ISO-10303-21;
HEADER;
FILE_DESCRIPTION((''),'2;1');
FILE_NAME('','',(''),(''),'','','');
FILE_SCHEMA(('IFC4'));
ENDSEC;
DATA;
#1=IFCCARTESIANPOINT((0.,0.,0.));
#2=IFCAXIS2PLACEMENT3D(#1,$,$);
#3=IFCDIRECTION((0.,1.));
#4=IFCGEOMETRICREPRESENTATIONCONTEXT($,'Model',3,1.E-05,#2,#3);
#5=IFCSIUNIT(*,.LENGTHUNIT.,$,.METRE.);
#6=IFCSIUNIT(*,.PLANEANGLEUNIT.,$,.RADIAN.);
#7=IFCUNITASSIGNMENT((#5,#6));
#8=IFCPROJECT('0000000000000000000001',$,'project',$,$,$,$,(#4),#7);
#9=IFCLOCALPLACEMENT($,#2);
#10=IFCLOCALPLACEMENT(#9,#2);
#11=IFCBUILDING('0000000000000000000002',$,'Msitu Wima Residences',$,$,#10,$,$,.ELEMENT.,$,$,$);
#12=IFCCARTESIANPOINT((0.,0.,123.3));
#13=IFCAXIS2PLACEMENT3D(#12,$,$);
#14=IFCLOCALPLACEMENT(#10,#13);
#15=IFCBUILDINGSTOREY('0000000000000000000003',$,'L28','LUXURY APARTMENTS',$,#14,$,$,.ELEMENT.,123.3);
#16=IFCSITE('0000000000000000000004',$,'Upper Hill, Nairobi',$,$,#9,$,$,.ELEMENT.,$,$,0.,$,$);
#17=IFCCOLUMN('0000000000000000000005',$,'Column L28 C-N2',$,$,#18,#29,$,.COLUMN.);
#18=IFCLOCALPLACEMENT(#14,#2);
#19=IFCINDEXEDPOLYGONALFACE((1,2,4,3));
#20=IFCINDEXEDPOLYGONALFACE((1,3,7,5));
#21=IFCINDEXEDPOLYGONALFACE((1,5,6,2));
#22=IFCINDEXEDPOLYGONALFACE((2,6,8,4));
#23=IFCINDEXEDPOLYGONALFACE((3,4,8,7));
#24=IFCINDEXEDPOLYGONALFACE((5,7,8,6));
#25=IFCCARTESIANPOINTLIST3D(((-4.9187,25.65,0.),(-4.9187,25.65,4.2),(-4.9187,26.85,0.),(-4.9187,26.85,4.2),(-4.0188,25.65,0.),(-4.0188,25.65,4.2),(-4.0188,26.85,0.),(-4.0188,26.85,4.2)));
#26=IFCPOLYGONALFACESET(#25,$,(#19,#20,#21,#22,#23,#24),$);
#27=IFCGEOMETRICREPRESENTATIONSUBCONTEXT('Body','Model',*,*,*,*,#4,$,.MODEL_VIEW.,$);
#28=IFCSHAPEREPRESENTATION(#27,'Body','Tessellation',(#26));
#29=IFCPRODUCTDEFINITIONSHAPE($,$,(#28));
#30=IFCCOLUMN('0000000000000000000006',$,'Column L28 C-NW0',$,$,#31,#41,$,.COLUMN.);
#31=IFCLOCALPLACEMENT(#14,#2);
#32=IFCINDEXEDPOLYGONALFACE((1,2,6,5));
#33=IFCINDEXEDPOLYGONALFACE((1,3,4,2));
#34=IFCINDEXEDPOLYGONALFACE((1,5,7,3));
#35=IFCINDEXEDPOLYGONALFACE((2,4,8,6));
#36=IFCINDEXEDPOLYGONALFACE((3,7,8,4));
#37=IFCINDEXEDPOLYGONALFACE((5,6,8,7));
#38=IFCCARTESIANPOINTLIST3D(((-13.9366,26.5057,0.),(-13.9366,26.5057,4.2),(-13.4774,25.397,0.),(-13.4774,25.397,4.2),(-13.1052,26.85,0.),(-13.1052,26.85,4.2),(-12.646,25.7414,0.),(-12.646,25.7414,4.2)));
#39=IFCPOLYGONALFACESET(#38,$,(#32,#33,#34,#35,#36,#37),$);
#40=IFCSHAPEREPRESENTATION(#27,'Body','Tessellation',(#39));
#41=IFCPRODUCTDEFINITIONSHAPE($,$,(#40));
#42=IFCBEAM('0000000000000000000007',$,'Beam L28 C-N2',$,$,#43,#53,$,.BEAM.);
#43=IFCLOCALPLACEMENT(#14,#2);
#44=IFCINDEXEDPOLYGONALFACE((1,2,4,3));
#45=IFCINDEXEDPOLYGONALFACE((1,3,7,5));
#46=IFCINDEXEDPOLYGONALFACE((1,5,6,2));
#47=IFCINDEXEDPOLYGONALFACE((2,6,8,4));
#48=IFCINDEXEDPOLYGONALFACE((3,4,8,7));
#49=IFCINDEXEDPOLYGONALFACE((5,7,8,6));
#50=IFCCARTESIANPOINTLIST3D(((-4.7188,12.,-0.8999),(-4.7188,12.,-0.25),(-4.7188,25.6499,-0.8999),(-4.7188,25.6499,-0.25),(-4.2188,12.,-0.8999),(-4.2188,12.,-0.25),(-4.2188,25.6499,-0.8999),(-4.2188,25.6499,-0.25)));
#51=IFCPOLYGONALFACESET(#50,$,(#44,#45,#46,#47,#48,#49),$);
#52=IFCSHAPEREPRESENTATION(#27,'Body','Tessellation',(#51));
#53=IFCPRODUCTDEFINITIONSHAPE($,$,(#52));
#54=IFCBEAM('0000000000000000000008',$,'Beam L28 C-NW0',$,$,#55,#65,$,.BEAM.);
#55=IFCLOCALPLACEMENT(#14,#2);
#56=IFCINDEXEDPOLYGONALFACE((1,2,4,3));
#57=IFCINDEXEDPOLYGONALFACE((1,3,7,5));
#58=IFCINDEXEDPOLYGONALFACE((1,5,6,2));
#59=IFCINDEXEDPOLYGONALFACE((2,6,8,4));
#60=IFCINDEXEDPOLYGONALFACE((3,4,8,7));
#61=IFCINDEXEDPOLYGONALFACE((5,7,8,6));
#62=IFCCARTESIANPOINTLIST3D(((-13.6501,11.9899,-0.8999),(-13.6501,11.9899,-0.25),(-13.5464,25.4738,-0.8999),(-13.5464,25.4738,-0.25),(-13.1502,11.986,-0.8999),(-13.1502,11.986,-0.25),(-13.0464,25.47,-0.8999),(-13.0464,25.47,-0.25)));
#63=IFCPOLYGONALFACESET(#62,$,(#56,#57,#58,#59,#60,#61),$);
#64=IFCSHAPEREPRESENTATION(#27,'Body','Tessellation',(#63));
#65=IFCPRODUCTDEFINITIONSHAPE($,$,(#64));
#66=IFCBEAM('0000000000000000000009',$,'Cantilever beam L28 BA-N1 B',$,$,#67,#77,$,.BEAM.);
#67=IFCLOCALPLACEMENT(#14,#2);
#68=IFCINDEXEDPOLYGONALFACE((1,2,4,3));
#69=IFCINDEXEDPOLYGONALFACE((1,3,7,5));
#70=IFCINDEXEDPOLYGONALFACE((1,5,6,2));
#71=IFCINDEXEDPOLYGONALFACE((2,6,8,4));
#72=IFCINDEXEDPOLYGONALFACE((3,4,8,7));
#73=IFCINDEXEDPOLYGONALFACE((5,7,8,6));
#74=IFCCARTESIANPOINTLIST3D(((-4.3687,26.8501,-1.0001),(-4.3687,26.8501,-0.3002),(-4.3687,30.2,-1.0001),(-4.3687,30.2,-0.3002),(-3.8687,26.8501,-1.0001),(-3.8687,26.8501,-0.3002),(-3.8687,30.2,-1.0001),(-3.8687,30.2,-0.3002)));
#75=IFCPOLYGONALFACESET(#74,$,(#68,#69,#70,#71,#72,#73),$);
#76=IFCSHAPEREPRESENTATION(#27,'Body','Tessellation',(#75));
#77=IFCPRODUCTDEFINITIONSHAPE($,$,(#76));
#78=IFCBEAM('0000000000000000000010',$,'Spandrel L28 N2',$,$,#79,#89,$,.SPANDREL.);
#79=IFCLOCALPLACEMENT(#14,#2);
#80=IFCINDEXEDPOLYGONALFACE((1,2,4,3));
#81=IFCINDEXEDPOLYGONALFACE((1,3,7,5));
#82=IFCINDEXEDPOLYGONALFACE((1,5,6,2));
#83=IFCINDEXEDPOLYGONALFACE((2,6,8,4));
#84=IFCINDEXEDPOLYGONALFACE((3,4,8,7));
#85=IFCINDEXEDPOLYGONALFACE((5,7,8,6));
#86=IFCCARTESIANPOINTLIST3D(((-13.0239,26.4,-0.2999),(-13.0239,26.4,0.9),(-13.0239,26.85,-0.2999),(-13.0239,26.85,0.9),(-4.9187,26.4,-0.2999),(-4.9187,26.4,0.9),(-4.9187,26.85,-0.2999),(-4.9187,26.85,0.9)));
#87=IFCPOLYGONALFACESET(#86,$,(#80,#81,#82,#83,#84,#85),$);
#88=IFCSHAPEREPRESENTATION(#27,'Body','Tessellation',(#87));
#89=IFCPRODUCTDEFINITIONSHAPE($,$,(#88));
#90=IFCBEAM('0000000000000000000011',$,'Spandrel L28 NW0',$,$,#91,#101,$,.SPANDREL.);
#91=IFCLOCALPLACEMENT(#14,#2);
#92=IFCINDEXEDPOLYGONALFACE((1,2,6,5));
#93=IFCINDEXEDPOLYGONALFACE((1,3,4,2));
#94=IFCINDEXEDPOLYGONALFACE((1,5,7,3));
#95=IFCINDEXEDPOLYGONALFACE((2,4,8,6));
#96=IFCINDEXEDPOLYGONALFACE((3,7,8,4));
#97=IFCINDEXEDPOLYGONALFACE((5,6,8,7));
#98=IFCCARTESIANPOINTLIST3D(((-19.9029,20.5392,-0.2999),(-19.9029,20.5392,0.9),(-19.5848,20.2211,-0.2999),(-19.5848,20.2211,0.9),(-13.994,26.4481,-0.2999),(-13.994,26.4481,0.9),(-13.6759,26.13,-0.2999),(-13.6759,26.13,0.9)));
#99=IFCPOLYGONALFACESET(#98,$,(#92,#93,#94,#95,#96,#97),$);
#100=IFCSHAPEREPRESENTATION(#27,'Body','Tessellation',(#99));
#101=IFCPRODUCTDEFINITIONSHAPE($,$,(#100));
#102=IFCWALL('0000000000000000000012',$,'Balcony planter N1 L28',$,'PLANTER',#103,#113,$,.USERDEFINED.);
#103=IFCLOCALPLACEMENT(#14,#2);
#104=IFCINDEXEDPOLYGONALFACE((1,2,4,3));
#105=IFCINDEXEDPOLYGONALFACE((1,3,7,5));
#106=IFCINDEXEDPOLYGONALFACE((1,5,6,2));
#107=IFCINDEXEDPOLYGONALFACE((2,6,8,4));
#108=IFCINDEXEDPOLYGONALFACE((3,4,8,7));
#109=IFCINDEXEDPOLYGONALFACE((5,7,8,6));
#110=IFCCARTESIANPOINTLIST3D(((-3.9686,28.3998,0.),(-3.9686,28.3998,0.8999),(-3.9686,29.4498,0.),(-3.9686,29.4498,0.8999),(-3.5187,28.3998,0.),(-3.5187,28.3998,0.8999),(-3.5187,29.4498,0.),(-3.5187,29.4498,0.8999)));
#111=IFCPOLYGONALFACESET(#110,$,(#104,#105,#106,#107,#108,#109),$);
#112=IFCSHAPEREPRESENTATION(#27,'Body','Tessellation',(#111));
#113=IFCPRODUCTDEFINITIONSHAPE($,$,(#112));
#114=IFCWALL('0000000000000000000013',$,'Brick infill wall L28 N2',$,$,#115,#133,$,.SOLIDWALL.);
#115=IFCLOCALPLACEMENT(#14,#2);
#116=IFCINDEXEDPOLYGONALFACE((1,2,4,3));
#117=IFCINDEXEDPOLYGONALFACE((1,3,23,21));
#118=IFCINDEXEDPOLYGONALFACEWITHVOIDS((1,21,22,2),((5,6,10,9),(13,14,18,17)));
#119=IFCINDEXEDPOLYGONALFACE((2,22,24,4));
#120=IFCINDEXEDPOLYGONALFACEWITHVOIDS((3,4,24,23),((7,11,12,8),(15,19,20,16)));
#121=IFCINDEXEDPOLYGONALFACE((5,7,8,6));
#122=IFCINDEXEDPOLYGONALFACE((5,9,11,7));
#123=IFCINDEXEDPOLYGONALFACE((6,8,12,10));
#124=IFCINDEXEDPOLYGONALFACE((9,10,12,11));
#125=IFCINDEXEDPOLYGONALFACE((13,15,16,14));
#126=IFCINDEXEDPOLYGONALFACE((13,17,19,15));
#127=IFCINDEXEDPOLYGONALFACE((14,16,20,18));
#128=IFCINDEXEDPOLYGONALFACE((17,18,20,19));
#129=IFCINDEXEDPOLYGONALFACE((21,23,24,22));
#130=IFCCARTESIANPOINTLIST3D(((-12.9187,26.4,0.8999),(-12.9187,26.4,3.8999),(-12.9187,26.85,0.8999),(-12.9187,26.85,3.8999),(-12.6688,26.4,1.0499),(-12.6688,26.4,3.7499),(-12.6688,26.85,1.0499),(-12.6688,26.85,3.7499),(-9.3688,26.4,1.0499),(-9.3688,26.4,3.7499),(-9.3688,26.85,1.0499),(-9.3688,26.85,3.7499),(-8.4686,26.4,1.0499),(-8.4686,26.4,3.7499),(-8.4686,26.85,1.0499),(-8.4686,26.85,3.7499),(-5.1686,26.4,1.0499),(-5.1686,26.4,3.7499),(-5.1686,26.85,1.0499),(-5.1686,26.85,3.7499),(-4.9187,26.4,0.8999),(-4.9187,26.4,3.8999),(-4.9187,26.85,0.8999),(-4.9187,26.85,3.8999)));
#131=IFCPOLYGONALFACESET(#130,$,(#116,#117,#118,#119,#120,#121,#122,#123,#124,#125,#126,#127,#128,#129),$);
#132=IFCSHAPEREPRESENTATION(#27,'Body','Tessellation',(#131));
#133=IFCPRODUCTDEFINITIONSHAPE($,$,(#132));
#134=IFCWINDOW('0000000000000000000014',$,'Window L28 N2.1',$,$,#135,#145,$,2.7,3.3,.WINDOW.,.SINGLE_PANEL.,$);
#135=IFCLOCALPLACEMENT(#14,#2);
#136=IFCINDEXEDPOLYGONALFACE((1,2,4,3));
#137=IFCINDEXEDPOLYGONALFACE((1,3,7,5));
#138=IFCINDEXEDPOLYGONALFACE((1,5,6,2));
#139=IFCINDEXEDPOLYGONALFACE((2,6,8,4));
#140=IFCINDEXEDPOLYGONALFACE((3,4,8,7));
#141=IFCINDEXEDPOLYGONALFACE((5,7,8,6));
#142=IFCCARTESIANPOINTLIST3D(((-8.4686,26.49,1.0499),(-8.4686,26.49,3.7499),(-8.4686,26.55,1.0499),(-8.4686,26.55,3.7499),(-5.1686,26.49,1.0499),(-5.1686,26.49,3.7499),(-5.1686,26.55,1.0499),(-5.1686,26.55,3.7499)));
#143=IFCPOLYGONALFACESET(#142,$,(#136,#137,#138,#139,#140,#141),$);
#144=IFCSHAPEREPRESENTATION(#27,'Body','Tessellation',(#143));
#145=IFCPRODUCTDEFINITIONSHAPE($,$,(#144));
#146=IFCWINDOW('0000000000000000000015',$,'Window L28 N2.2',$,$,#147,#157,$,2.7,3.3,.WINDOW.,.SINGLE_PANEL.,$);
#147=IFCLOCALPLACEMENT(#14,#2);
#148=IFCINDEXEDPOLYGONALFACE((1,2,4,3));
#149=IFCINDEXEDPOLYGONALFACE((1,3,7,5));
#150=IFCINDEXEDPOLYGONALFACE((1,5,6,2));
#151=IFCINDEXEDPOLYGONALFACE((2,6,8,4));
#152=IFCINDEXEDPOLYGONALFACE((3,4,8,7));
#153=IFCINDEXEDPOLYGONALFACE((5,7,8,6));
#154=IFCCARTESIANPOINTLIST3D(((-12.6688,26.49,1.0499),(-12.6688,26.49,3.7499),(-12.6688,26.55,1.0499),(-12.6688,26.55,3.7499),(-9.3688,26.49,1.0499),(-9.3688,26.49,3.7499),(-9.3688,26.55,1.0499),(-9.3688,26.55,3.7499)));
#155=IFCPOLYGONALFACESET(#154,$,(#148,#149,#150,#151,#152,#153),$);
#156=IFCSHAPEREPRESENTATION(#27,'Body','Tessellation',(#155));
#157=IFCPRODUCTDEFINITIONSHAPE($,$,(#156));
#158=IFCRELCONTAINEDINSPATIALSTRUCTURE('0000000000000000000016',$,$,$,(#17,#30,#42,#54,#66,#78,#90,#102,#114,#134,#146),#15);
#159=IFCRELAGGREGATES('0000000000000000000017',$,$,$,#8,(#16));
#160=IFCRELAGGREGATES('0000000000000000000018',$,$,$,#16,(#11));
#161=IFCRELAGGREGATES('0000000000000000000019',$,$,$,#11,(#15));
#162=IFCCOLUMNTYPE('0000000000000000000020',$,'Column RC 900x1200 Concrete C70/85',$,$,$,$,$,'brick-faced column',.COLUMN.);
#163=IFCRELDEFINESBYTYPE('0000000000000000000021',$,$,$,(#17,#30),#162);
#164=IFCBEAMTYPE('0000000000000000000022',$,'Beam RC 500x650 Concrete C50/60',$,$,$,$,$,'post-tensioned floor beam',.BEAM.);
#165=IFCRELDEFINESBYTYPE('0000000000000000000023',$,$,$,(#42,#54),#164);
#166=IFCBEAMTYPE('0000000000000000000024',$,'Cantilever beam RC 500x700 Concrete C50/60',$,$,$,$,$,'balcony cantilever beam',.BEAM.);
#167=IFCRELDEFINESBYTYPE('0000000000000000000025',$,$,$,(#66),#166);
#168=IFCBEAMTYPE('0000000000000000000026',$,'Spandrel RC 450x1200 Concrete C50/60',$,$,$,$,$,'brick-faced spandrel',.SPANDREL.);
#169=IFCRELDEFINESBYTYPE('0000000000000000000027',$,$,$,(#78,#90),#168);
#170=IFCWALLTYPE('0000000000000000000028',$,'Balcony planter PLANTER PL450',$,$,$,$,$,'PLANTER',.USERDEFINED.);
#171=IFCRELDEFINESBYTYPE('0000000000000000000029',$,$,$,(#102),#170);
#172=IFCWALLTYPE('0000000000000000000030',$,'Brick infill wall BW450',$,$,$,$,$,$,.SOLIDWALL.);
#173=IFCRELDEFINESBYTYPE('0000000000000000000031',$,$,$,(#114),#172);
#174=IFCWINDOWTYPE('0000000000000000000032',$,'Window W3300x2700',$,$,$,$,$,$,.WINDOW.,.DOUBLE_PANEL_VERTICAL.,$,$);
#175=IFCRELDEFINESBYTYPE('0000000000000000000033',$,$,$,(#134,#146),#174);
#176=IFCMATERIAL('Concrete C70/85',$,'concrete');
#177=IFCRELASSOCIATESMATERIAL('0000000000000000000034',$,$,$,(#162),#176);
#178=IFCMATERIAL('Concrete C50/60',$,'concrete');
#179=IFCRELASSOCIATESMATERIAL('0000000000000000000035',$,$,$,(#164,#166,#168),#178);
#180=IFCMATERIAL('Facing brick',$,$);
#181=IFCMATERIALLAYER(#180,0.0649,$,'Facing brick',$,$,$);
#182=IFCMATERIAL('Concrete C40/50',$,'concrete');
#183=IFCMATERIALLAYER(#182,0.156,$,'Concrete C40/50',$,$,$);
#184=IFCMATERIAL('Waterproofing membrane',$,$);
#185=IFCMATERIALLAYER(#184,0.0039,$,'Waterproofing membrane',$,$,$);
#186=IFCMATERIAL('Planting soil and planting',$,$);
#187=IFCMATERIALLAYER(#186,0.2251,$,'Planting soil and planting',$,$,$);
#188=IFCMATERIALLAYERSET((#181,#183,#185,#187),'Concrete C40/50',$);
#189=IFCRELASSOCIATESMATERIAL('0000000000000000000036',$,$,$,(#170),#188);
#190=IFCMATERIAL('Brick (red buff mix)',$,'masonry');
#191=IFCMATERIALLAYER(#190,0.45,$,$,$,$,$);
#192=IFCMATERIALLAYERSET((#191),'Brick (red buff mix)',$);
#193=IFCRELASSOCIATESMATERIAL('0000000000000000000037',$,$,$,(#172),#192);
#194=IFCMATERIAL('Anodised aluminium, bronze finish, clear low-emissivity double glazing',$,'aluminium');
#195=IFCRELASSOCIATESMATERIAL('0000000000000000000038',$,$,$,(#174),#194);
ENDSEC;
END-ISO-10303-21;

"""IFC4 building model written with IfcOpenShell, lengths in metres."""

from ifc_helpers import new_model, si_unit, direction, frame, frame_2d, origin, origin_2d, place, context, subcontext, project, spatial, rectangle, extrude, material, layer, layer_set, material_profile, profile_set, type_object, element, fill, save


model = new_model("IFC4")

# Units and contexts
model_context = context("Model", 3, precision=1e-05, world=origin(), true_north=direction((0.0, 1.0)))
body_context = subcontext(model_context, "Body", "Model", "MODEL_VIEW")
ifc_project = project(units=[si_unit("LENGTHUNIT", "METRE"), si_unit("PLANEANGLEUNIT", "RADIAN")], contexts=[model_context])

# Site, building, storey
site_placement = place(None, origin())
site = spatial("IfcSite", under=ifc_project, at=site_placement, Name="Upper Hill, Nairobi", CompositionType="ELEMENT", RefElevation=0.0)
building_placement = place(site_placement, origin())
building = spatial("IfcBuilding", under=site, at=building_placement, Name="Msitu Wima Residences", CompositionType="ELEMENT")
storey_placement = place(building_placement, frame((0.0, 0.0, 123.3)))
storey = spatial("IfcBuildingStorey", under=building, at=storey_placement, Name="L28", Description="LUXURY APARTMENTS", CompositionType="ELEMENT", Elevation=123.3)

# Columns
ifc_material_1 = material(Name="Concrete C70/85", Category="concrete")
ifc_material_profile_1 = material_profile(ifc_material_1, rectangle(XDim=0.8999, YDim=1.2, at=origin_2d()), Name="RC 900x1200")
ifc_profile_set_1 = profile_set([ifc_material_profile_1], Name="Concrete C70/85")
column_type = type_object("IfcColumnType", Name="Column RC 900x1200 Concrete C70/85", ElementType="brick-faced column", PredefinedType="COLUMN", material=ifc_profile_set_1)
for number, where, z_axis, x_axis, name in (
    (1, (-4.4688, 26.25, 0.0), (0.0, 0.0, 1.0), (-1.0, 0.0, 0.0), "Column L28 C-N2"),
    (2, (-13.2913, 26.1235, 0.0), (0.0, 0.0, 1.0), (-0.92388, -0.382683, 0.0), "Column L28 C-NW0"),
):
    element("IfcColumn", number, at=place(storey_placement, frame(where, z_axis=z_axis, x_axis=x_axis)), inside=storey, type_object=column_type, Name=name, PredefinedType="COLUMN", context=body_context, shape_type="SweptSolid", body=[
        extrude(rectangle(XDim=0.8999, YDim=1.2, at=origin_2d()), origin(), (0.0, 0.0, 1.0), 4.2),
    ])

# Beams
ifc_material_2 = material(Name="Concrete C50/60", Category="concrete")
ifc_material_profile_2 = material_profile(ifc_material_2, rectangle(XDim=0.5, YDim=0.6499, at=origin_2d()), Name="RC 500x650")
ifc_profile_set_2 = profile_set([ifc_material_profile_2], Name="Concrete C50/60")
beam_type_1 = type_object("IfcBeamType", Name="Beam RC 500x650 Concrete C50/60", ElementType="post-tensioned floor beam", PredefinedType="BEAM", material=ifc_profile_set_2)
beam_1_placement = place(storey_placement, frame((-4.4688, 25.6499, -0.575), z_axis=(0.0, -1.0, 0.0), x_axis=(1.0, 0.0, 0.0)))
element("IfcBeam", 3, at=beam_1_placement, inside=storey, type_object=beam_type_1, Name="Beam L28 C-N2", PredefinedType="BEAM", context=body_context, shape_type="SweptSolid", body=[
    extrude(rectangle(XDim=0.5, YDim=0.6499, at=origin_2d()), origin(), (0.0, 0.0, 1.0), 13.6499),
])
beam_2_placement = place(storey_placement, frame((-13.2964, 25.4719, -0.575), z_axis=(-0.007695, -0.99997, 0.0), x_axis=(0.99997, -0.007695, 0.0)))
element("IfcBeam", 4, at=beam_2_placement, inside=storey, type_object=beam_type_1, Name="Beam L28 C-NW0", PredefinedType="BEAM", context=body_context, shape_type="SweptSolid", body=[
    extrude(rectangle(XDim=0.5, YDim=0.6499, at=origin_2d()), origin(), (0.0, 0.0, 1.0), 13.4844),
])
ifc_material_profile_3 = material_profile(ifc_material_2, rectangle(XDim=0.5, YDim=0.7, at=origin_2d()), Name="RC 500x700")
ifc_profile_set_3 = profile_set([ifc_material_profile_3], Name="Concrete C50/60")
beam_type_2 = type_object("IfcBeamType", Name="Cantilever beam RC 500x700 Concrete C50/60", ElementType="balcony cantilever beam", PredefinedType="BEAM", material=ifc_profile_set_3)
beam_3_placement = place(storey_placement, frame((-4.1187, 26.8501, -0.6501), z_axis=(0.0, 1.0, 0.0), x_axis=(-1.0, 0.0, 0.0)))
element("IfcBeam", 5, at=beam_3_placement, inside=storey, type_object=beam_type_2, Name="Cantilever beam L28 BA-N1 B", PredefinedType="BEAM", context=body_context, shape_type="SweptSolid", body=[
    extrude(rectangle(XDim=0.5, YDim=0.7, at=origin_2d()), origin(), (0.0, 0.0, 1.0), 3.3499),
])
ifc_material_profile_4 = material_profile(ifc_material_2, rectangle(XDim=0.45, YDim=1.2, at=origin_2d()), Name="RC 450x1200")
ifc_profile_set_4 = profile_set([ifc_material_profile_4], Name="Concrete C50/60")
beam_type_3 = type_object("IfcBeamType", Name="Spandrel RC 450x1200 Concrete C50/60", ElementType="brick-faced spandrel", PredefinedType="SPANDREL", material=ifc_profile_set_4)
beam_4_placement = place(storey_placement, frame((-4.9187, 26.625, 0.3), z_axis=(-1.0, 0.0, 0.0), x_axis=(0.0, -1.0, 0.0)))
element("IfcBeam", 6, at=beam_4_placement, inside=storey, type_object=beam_type_3, Name="Spandrel L28 N2", PredefinedType="SPANDREL", context=body_context, shape_type="SweptSolid", body=[
    extrude(rectangle(XDim=0.45, YDim=1.2, at=origin_2d()), origin(), (0.0, 0.0, 1.0), 8.1052),
])
beam_5_placement = place(storey_placement, frame((-13.835, 26.2891, 0.3), z_axis=(-0.707107, -0.707107, 0.0), x_axis=(0.707107, -0.707107, 0.0)))
element("IfcBeam", 7, at=beam_5_placement, inside=storey, type_object=beam_type_3, Name="Spandrel L28 NW0", PredefinedType="SPANDREL", context=body_context, shape_type="SweptSolid", body=[
    extrude(rectangle(XDim=0.45, YDim=1.2, at=origin_2d()), origin(), (0.0, 0.0, 1.0), 8.3564),
])

# Wall
ifc_material_3 = material(Name="Facing brick")
ifc_layer_1 = layer(ifc_material_3, 0.0649, Name="Facing brick")
ifc_material_4 = material(Name="Concrete C40/50", Category="concrete")
ifc_layer_2 = layer(ifc_material_4, 0.156, Name="Concrete C40/50")
ifc_material_5 = material(Name="Waterproofing membrane")
ifc_layer_3 = layer(ifc_material_5, 0.0039, Name="Waterproofing membrane")
ifc_material_6 = material(Name="Planting soil and planting")
ifc_layer_4 = layer(ifc_material_6, 0.2251, Name="Planting soil and planting")
ifc_layer_set_1 = layer_set([ifc_layer_1, ifc_layer_2, ifc_layer_3, ifc_layer_4], Name="Concrete C40/50")
wall_type_1 = type_object("IfcWallType", Name="Balcony planter PLANTER PL450", ElementType="PLANTER", PredefinedType="USERDEFINED", material=ifc_layer_set_1)
wall_1_placement = place(storey_placement, frame((-3.7437, 28.3999, 0.0), z_axis=(0.0, 0.0, 1.0), x_axis=(0.0, 1.0, 0.0)))
element("IfcWall", 8, at=wall_1_placement, inside=storey, type_object=wall_type_1, Name="Balcony planter N1 L28", ObjectType="PLANTER", PredefinedType="USERDEFINED", context=body_context, shape_type="SweptSolid", body=[
    extrude(rectangle(XDim=1.05, YDim=0.45, at=frame_2d((0.5249, 0.0))), origin(), (0.0, 0.0, 1.0), 0.8999),
])

# Wall, openings, windows
ifc_material_7 = material(Name="Brick (red buff mix)", Category="masonry")
ifc_layer_5 = layer(ifc_material_7, 0.45)
ifc_layer_set_2 = layer_set([ifc_layer_5], Name="Brick (red buff mix)")
wall_type_2 = type_object("IfcWallType", Name="Brick infill wall BW450", PredefinedType="SOLIDWALL", material=ifc_layer_set_2)
wall_2_placement = place(storey_placement, frame((-4.9187, 26.625, 0.8999), z_axis=(0.0, 0.0, 1.0), x_axis=(-1.0, 0.0, 0.0)))
wall_2 = element("IfcWall", 9, at=wall_2_placement, inside=storey, type_object=wall_type_2, Name="Brick infill wall L28 N2", PredefinedType="SOLIDWALL", context=body_context, shape_type="SweptSolid", body=[
    extrude(rectangle(XDim=8.0, YDim=0.45, at=frame_2d((4.0, 0.0))), origin(), (0.0, 0.0, 1.0), 3.0),
])
opening_1_placement = place(wall_2_placement, frame((0.25, 0.0, 0.1499)))
opening_1 = element("IfcOpeningElement", 10, at=opening_1_placement, cuts=wall_2, PredefinedType="OPENING", context=body_context, shape_type="SweptSolid", body=[
    extrude(rectangle(XDim=3.3, YDim=2.7, at=frame_2d((1.6499, 1.3501))), frame((0.0, 0.2349, 0.0), z_axis=(0.0, -1.0, 0.0), x_axis=(1.0, 0.0, 0.0)), (0.0, 0.0, 1.0), 0.47),
])
opening_2_placement = place(wall_2_placement, frame((4.4502, 0.0, 0.1499)))
opening_2 = element("IfcOpeningElement", 11, at=opening_2_placement, cuts=wall_2, PredefinedType="OPENING", context=body_context, shape_type="SweptSolid", body=[
    extrude(rectangle(XDim=3.3, YDim=2.7, at=frame_2d((1.6499, 1.3501))), frame((0.0, 0.2349, 0.0), z_axis=(0.0, -1.0, 0.0), x_axis=(1.0, 0.0, 0.0)), (0.0, 0.0, 1.0), 0.47),
])
ifc_material_8 = material(Name="Anodised aluminium, bronze finish, clear low-emissivity double glazing", Category="aluminium")
window_type = type_object("IfcWindowType", Name="Window W3300x2700", PartitioningType="DOUBLE_PANEL_VERTICAL", PredefinedType="WINDOW", material=ifc_material_8)
window_1_placement = place(opening_1_placement, origin())
window_1 = element("IfcWindow", 12, at=window_1_placement, inside=storey, type_object=window_type, Name="Window L28 N2.1", OverallHeight=2.7, OverallWidth=3.3, PartitioningType="SINGLE_PANEL", PredefinedType="WINDOW", context=body_context, shape_type="SweptSolid", body=[
    extrude(rectangle(XDim=3.3, YDim=2.7, at=frame_2d((1.6499, 1.3501))), frame((0.0, 0.135, 0.0), z_axis=(0.0, -1.0, 0.0), x_axis=(1.0, 0.0, 0.0)), (0.0, 0.0, 1.0), 0.0601),
])
fill(opening_1, window_1)
window_2_placement = place(opening_2_placement, origin())
window_2 = element("IfcWindow", 13, at=window_2_placement, inside=storey, type_object=window_type, Name="Window L28 N2.2", OverallHeight=2.7, OverallWidth=3.3, PartitioningType="SINGLE_PANEL", PredefinedType="WINDOW", context=body_context, shape_type="SweptSolid", body=[
    extrude(rectangle(XDim=3.3, YDim=2.7, at=frame_2d((1.6499, 1.3501))), frame((0.0, 0.135, 0.0), z_axis=(0.0, -1.0, 0.0), x_axis=(1.0, 0.0, 0.0)), (0.0, 0.0, 1.0), 0.0601),
])
fill(opening_2, window_2)

save(model, "model.ifc")
